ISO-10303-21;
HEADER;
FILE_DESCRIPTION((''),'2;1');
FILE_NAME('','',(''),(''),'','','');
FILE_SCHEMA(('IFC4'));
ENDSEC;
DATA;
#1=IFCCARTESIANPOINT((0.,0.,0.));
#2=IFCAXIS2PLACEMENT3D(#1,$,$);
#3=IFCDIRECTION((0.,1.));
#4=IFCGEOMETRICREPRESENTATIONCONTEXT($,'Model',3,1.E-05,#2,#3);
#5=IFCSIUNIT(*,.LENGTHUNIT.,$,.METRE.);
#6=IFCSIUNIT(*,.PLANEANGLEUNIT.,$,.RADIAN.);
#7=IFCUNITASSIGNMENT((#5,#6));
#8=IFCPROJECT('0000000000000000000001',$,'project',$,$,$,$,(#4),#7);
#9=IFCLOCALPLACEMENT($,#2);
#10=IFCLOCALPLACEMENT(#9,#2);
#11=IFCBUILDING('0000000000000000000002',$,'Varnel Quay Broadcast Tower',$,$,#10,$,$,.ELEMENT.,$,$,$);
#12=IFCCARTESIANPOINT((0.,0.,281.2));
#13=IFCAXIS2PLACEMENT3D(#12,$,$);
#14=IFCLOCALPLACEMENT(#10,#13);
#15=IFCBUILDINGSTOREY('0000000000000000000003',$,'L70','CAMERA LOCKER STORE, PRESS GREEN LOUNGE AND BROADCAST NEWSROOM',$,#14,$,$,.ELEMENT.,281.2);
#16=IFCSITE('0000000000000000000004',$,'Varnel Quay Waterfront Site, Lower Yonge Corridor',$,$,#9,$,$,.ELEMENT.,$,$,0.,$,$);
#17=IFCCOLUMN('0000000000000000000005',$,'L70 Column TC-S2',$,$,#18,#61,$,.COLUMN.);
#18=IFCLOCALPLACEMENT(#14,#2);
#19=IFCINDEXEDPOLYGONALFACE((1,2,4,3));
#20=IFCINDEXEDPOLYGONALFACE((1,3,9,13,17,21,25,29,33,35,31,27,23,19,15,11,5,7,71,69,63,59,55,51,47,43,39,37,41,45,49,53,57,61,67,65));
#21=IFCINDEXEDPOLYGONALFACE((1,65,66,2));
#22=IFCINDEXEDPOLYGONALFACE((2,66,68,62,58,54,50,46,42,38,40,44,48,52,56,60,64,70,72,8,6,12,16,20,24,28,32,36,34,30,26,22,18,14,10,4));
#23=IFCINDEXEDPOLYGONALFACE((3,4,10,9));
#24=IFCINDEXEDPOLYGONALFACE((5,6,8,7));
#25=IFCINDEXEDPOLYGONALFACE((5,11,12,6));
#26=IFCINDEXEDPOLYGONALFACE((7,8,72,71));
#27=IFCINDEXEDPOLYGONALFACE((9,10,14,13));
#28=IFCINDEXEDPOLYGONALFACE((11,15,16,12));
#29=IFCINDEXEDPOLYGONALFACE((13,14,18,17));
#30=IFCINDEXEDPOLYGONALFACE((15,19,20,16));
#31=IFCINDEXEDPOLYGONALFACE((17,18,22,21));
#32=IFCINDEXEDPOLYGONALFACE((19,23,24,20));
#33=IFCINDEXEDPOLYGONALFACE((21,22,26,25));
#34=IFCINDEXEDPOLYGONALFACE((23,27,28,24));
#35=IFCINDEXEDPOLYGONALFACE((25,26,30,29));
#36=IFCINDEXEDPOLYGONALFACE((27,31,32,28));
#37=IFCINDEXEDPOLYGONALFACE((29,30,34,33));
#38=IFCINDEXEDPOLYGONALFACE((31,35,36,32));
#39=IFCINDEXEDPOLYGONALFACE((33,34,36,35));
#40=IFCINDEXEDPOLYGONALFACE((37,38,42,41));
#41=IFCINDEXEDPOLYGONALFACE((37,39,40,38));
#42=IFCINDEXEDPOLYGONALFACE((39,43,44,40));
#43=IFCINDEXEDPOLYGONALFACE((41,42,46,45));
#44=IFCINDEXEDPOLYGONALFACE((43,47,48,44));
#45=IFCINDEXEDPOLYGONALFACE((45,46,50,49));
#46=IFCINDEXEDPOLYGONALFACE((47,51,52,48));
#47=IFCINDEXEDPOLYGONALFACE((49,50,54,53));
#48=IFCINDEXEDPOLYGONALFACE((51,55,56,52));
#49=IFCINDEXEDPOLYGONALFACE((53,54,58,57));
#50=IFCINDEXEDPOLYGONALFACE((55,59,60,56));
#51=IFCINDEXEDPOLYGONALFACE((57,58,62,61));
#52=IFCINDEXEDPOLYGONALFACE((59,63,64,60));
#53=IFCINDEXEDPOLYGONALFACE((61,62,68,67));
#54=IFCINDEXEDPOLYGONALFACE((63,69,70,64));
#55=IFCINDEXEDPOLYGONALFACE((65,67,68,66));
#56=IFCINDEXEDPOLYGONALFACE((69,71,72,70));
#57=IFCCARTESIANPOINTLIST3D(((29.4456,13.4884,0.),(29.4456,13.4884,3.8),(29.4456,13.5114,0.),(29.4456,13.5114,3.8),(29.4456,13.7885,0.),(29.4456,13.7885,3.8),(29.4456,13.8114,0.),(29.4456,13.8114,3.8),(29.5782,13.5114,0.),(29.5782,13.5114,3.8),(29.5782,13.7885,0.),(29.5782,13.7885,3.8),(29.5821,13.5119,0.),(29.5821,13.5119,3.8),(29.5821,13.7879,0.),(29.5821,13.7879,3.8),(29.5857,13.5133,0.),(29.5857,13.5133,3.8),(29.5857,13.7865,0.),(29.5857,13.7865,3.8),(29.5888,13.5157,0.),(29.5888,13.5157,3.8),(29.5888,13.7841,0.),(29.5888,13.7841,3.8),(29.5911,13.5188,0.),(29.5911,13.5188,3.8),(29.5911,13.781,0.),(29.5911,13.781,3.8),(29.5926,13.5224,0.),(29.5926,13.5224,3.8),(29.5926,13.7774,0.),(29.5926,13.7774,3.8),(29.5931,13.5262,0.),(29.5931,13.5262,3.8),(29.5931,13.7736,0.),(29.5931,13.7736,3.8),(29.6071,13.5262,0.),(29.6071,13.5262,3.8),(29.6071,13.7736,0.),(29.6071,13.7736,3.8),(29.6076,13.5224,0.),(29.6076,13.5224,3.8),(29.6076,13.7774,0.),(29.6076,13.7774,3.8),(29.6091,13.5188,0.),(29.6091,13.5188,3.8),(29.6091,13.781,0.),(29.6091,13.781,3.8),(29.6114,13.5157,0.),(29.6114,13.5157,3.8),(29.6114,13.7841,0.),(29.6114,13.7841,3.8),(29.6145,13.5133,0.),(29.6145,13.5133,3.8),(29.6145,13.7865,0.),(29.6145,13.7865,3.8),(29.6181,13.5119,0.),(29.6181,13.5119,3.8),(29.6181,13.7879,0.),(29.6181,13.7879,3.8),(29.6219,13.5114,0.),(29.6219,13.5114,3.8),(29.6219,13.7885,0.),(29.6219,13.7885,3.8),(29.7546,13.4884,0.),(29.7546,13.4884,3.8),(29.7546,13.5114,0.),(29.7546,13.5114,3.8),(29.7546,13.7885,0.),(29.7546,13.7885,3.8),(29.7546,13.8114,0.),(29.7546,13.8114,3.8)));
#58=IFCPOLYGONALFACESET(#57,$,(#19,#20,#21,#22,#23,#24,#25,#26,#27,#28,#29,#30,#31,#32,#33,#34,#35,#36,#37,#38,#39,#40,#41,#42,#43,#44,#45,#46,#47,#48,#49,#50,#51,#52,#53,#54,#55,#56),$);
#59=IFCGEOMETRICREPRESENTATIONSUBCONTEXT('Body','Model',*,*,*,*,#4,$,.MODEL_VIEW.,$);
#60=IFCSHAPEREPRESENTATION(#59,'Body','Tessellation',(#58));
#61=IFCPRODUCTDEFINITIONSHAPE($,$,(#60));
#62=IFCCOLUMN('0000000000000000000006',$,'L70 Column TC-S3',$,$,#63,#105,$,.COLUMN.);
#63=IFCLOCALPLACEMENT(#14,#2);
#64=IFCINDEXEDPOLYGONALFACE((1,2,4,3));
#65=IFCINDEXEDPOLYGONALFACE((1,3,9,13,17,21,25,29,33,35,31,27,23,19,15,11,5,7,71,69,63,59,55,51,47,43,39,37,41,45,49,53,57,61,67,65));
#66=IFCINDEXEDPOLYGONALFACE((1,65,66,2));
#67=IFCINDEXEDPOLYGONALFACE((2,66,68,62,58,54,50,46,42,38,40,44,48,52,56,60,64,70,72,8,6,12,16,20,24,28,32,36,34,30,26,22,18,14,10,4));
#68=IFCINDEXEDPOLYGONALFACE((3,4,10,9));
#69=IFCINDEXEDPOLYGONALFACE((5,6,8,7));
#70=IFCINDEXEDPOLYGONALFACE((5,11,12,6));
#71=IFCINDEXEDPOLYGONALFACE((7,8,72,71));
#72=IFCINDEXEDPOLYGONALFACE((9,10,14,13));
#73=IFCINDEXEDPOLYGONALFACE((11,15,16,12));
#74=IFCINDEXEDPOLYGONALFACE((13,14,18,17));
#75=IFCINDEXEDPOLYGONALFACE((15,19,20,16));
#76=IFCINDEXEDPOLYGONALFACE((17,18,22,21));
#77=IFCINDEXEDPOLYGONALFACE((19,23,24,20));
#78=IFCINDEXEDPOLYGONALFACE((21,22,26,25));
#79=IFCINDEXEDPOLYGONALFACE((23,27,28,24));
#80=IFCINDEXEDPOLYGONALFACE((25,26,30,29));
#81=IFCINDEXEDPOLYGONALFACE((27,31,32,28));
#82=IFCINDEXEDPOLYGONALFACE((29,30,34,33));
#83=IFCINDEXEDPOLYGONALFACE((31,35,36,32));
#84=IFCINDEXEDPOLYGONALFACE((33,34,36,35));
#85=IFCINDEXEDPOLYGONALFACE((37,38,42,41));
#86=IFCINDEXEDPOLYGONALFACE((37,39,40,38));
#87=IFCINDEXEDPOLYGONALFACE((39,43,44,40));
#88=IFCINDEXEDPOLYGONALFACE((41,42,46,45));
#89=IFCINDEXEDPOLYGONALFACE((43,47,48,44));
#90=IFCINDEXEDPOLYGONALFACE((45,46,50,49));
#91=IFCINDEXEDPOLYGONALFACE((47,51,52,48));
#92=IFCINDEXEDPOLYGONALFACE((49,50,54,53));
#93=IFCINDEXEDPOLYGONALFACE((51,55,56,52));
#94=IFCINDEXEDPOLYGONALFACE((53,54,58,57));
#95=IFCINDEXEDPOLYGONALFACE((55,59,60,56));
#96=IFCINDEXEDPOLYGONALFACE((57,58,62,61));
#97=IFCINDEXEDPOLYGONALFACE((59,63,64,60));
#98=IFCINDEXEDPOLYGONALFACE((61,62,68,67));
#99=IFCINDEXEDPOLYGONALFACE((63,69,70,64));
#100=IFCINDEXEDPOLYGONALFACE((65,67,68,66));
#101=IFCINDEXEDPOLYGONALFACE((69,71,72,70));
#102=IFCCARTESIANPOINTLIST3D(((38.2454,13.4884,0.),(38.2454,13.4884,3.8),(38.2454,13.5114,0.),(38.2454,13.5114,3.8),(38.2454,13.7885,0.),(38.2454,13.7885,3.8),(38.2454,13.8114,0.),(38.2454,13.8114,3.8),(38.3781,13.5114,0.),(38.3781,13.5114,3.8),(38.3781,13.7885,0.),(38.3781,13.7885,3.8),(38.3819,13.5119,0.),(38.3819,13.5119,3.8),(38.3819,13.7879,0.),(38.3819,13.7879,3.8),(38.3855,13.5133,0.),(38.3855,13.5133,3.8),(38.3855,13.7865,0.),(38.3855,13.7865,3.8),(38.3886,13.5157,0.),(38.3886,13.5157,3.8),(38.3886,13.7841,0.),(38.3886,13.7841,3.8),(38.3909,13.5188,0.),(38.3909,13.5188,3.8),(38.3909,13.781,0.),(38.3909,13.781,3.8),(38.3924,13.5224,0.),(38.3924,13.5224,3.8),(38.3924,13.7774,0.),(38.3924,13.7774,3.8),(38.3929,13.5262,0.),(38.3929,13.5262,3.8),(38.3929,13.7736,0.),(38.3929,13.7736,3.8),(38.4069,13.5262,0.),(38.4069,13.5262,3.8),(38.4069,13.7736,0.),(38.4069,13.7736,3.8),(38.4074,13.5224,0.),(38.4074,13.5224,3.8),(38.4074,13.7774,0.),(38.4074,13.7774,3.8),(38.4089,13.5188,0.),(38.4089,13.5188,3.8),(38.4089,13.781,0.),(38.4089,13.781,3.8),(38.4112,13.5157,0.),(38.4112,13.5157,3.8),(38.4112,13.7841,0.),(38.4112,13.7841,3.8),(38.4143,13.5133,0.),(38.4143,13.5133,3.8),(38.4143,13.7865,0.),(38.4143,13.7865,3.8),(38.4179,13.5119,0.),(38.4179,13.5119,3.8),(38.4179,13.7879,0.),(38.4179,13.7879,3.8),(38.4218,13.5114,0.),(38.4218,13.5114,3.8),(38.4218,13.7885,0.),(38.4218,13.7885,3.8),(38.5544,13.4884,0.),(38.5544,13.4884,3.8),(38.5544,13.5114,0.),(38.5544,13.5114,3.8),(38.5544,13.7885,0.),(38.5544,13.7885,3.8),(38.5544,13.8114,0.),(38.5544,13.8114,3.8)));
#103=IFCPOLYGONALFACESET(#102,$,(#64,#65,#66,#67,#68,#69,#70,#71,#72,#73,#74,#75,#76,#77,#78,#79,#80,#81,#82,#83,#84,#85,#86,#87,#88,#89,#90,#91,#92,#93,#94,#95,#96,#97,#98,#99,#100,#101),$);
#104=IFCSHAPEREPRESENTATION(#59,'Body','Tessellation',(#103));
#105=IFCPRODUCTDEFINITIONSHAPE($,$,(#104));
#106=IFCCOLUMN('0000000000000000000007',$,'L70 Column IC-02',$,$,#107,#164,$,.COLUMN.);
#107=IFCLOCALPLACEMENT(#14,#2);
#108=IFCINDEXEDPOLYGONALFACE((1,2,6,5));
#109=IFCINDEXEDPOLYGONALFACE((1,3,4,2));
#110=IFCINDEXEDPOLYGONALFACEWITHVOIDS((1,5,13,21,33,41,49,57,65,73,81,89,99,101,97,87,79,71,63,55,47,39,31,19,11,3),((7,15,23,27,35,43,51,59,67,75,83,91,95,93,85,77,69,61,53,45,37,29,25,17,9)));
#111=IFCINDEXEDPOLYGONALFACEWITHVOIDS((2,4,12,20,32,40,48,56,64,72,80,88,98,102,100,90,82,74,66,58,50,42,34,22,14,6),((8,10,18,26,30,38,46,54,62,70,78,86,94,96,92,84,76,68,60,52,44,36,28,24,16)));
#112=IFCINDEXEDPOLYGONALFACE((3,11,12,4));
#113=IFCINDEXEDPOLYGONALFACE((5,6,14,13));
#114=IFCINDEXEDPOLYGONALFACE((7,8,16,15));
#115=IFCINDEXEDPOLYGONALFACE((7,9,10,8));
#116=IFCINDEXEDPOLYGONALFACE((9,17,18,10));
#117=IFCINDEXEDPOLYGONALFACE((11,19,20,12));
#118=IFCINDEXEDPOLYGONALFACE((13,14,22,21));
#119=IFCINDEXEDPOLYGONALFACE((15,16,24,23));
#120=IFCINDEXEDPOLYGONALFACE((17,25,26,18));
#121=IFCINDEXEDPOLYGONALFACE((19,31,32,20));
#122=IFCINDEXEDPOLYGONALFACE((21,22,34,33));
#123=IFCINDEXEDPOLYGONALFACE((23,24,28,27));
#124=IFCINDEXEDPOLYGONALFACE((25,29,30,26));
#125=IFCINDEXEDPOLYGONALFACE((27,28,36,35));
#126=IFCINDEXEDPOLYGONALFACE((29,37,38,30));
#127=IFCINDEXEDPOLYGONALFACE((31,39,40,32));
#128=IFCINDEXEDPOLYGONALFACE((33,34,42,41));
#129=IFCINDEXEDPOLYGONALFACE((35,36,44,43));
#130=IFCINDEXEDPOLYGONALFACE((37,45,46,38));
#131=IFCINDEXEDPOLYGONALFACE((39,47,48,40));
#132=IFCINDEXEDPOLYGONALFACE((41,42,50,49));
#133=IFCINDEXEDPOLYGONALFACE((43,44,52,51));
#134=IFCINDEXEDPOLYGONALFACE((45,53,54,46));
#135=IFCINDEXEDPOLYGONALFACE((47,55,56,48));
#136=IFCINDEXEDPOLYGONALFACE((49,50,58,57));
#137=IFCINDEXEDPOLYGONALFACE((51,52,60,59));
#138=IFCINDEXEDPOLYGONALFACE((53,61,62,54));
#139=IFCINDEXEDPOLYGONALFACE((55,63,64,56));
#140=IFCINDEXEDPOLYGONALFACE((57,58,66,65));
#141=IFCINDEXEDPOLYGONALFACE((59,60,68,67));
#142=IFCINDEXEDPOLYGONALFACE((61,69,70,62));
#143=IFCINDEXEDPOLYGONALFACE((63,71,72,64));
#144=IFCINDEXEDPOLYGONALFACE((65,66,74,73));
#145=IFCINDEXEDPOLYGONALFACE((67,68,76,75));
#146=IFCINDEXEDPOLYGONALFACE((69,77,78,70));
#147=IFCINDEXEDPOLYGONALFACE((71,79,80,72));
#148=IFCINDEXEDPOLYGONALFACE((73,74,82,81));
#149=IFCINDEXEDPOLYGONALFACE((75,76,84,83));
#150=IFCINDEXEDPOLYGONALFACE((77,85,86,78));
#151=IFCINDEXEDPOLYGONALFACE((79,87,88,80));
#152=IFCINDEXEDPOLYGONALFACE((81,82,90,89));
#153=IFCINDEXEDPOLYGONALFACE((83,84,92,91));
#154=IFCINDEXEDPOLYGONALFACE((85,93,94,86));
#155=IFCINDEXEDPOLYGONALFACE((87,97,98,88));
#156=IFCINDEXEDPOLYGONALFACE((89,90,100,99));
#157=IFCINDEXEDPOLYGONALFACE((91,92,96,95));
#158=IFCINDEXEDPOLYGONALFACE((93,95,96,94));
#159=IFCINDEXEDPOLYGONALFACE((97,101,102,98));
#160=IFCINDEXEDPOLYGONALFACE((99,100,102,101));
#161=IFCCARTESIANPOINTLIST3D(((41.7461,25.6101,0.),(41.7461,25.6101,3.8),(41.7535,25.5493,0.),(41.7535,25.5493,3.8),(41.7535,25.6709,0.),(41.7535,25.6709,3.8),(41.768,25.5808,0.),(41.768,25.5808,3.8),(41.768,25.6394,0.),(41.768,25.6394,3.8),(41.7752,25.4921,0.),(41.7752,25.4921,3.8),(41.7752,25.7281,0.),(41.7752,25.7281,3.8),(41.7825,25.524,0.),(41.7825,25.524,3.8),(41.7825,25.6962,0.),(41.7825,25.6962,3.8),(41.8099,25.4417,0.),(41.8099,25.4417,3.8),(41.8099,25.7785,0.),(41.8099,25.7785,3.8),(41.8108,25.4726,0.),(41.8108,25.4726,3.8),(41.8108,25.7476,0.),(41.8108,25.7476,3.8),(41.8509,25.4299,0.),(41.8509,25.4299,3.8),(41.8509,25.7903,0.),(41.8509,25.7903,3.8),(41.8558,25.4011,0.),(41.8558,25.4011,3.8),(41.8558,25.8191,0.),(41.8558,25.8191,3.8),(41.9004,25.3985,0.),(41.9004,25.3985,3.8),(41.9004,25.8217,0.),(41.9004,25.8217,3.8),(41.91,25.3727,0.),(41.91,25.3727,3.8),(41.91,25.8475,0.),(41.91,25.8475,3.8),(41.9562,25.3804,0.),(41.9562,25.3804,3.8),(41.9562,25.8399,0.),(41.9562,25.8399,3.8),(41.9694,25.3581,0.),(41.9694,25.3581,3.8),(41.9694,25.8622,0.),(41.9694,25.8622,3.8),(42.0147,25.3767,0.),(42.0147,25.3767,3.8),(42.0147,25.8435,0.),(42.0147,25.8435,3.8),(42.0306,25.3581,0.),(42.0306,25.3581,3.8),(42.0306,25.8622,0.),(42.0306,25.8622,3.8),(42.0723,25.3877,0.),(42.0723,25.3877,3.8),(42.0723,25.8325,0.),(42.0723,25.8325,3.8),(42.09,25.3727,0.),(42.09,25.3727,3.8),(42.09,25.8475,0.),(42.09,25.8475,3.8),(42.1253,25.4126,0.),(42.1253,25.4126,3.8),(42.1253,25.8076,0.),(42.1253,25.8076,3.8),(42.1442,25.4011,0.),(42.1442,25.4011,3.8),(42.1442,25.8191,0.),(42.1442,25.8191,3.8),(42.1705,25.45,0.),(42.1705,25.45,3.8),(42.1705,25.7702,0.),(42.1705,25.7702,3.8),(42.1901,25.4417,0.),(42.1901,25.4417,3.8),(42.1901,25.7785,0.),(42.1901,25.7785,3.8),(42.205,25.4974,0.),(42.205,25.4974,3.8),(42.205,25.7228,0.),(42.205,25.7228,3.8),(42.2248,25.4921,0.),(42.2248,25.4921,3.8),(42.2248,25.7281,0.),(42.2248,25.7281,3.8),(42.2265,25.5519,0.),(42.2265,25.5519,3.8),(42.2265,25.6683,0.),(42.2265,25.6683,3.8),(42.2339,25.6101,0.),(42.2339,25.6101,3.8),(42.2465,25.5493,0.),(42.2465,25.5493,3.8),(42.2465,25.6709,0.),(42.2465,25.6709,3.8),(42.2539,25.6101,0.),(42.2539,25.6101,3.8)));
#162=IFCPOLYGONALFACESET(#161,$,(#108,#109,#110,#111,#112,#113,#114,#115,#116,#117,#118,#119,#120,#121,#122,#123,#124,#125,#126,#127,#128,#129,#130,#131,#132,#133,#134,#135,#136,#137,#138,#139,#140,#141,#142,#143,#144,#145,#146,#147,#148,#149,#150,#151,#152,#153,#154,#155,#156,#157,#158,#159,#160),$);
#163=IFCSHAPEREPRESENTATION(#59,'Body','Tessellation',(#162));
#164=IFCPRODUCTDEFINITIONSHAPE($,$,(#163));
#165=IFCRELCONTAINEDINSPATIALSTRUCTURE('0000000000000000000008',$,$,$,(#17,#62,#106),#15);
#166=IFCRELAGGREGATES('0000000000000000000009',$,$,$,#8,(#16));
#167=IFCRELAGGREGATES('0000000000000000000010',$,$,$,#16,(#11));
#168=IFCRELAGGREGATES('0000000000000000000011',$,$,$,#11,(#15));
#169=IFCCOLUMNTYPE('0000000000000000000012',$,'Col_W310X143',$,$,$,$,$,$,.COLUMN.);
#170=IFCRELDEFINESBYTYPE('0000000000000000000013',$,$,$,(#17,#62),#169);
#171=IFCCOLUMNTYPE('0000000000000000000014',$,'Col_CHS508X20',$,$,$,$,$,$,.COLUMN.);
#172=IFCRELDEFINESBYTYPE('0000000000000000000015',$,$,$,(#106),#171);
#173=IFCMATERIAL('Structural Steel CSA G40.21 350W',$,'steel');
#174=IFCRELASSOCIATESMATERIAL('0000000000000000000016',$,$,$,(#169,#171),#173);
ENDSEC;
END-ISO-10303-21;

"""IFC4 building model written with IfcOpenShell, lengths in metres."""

from ifc_helpers import new_model, si_unit, direction, frame, origin, origin_2d, place, context, subcontext, project, spatial, hollow_circle, i_section, extrude, source, transform, mapped, material, material_profile, profile_set, type_object, type_shapes, element, save


model = new_model("IFC4")

# Units and contexts
model_context = context("Model", 3, precision=1e-05, world=origin(), true_north=direction((0.0, 1.0)))
body_context = subcontext(model_context, "Body", "Model", "MODEL_VIEW")
ifc_project = project(units=[si_unit("LENGTHUNIT", "METRE"), si_unit("PLANEANGLEUNIT", "RADIAN")], contexts=[model_context])

# Site, building, storey
site_placement = place(None, origin())
site = spatial("IfcSite", under=ifc_project, at=site_placement, Name="Varnel Quay Waterfront Site, Lower Yonge Corridor", CompositionType="ELEMENT", RefElevation=0.0)
building_placement = place(site_placement, origin())
building = spatial("IfcBuilding", under=site, at=building_placement, Name="Varnel Quay Broadcast Tower", CompositionType="ELEMENT")
storey_placement = place(building_placement, frame((0.0, 0.0, 281.2)))
storey = spatial("IfcBuildingStorey", under=building, at=storey_placement, Name="L70", Description="CAMERA LOCKER STORE, PRESS GREEN LOUNGE AND BROADCAST NEWSROOM", CompositionType="ELEMENT", Elevation=281.2)

# Columns
ifc_material_1 = material(Name="Structural Steel CSA G40.21 350W", Category="steel")
ifc_material_profile_1 = material_profile(ifc_material_1, i_section(OverallWidth=0.3091, OverallDepth=0.323, WebThickness=0.0139, FlangeThickness=0.0229, FilletRadius=0.0149, at=origin_2d()), Name="W310X143")
ifc_profile_set_1 = profile_set([ifc_material_profile_1], Name="Structural Steel CSA G40.21 350W")
column_type_1 = type_object("IfcColumnType", Name="Col_W310X143", PredefinedType="COLUMN", material=ifc_profile_set_1)
shared_shape_1 = source(origin(), body_context, "Body", "SweptSolid", [
    extrude(i_section(OverallWidth=0.3091, OverallDepth=0.323, WebThickness=0.0139, FlangeThickness=0.0229, FilletRadius=0.0149, at=origin_2d()), origin(), (0.0, 0.0, 1.0), 3.8),
])
type_shapes(column_type_1, [shared_shape_1])
for number, where, z_axis, x_axis, name in (
    (1, (29.6001, 13.6499, 0.0), (0.0, 0.0, 1.0), (1.0, 0.0, 0.0), "L70 Column TC-S2"),
    (2, (38.3999, 13.6499, 0.0), (0.0, 0.0, 1.0), (1.0, 0.0, 0.0), "L70 Column TC-S3"),
):
    element("IfcColumn", number, at=place(storey_placement, frame(where, z_axis=z_axis, x_axis=x_axis)), inside=storey, type_object=column_type_1, Name=name, PredefinedType="COLUMN", context=body_context, shape_type="MappedRepresentation", body=[
        mapped(shared_shape_1, transform((0.0, 0.0, 0.0), x_axis=(1.0, 0.0, 0.0), y_axis=(0.0, 1.0, 0.0), z_axis=(0.0, 0.0, 1.0), scale=1.0)),
    ])
ifc_material_profile_2 = material_profile(ifc_material_1, hollow_circle(Radius=0.2539, WallThickness=0.02, at=origin_2d()), Name="CHS508X20")
ifc_profile_set_2 = profile_set([ifc_material_profile_2], Name="Structural Steel CSA G40.21 350W")
column_type_2 = type_object("IfcColumnType", Name="Col_CHS508X20", PredefinedType="COLUMN", material=ifc_profile_set_2)
shared_shape_2 = source(origin(), body_context, "Body", "SweptSolid", [
    extrude(hollow_circle(Radius=0.2539, WallThickness=0.02, at=origin_2d()), origin(), (0.0, 0.0, 1.0), 3.8),
])
type_shapes(column_type_2, [shared_shape_2])
column_placement = place(storey_placement, frame((42.0, 25.6101, 0.0), z_axis=(0.0, 0.0, 1.0), x_axis=(1.0, 0.0, 0.0)))
element("IfcColumn", 3, at=column_placement, inside=storey, type_object=column_type_2, Name="L70 Column IC-02", PredefinedType="COLUMN", context=body_context, shape_type="MappedRepresentation", body=[
    mapped(shared_shape_2, transform((0.0, 0.0, 0.0), x_axis=(1.0, 0.0, 0.0), y_axis=(0.0, 1.0, 0.0), z_axis=(0.0, 0.0, 1.0), scale=1.0)),
])

save(model, "model.ifc")
